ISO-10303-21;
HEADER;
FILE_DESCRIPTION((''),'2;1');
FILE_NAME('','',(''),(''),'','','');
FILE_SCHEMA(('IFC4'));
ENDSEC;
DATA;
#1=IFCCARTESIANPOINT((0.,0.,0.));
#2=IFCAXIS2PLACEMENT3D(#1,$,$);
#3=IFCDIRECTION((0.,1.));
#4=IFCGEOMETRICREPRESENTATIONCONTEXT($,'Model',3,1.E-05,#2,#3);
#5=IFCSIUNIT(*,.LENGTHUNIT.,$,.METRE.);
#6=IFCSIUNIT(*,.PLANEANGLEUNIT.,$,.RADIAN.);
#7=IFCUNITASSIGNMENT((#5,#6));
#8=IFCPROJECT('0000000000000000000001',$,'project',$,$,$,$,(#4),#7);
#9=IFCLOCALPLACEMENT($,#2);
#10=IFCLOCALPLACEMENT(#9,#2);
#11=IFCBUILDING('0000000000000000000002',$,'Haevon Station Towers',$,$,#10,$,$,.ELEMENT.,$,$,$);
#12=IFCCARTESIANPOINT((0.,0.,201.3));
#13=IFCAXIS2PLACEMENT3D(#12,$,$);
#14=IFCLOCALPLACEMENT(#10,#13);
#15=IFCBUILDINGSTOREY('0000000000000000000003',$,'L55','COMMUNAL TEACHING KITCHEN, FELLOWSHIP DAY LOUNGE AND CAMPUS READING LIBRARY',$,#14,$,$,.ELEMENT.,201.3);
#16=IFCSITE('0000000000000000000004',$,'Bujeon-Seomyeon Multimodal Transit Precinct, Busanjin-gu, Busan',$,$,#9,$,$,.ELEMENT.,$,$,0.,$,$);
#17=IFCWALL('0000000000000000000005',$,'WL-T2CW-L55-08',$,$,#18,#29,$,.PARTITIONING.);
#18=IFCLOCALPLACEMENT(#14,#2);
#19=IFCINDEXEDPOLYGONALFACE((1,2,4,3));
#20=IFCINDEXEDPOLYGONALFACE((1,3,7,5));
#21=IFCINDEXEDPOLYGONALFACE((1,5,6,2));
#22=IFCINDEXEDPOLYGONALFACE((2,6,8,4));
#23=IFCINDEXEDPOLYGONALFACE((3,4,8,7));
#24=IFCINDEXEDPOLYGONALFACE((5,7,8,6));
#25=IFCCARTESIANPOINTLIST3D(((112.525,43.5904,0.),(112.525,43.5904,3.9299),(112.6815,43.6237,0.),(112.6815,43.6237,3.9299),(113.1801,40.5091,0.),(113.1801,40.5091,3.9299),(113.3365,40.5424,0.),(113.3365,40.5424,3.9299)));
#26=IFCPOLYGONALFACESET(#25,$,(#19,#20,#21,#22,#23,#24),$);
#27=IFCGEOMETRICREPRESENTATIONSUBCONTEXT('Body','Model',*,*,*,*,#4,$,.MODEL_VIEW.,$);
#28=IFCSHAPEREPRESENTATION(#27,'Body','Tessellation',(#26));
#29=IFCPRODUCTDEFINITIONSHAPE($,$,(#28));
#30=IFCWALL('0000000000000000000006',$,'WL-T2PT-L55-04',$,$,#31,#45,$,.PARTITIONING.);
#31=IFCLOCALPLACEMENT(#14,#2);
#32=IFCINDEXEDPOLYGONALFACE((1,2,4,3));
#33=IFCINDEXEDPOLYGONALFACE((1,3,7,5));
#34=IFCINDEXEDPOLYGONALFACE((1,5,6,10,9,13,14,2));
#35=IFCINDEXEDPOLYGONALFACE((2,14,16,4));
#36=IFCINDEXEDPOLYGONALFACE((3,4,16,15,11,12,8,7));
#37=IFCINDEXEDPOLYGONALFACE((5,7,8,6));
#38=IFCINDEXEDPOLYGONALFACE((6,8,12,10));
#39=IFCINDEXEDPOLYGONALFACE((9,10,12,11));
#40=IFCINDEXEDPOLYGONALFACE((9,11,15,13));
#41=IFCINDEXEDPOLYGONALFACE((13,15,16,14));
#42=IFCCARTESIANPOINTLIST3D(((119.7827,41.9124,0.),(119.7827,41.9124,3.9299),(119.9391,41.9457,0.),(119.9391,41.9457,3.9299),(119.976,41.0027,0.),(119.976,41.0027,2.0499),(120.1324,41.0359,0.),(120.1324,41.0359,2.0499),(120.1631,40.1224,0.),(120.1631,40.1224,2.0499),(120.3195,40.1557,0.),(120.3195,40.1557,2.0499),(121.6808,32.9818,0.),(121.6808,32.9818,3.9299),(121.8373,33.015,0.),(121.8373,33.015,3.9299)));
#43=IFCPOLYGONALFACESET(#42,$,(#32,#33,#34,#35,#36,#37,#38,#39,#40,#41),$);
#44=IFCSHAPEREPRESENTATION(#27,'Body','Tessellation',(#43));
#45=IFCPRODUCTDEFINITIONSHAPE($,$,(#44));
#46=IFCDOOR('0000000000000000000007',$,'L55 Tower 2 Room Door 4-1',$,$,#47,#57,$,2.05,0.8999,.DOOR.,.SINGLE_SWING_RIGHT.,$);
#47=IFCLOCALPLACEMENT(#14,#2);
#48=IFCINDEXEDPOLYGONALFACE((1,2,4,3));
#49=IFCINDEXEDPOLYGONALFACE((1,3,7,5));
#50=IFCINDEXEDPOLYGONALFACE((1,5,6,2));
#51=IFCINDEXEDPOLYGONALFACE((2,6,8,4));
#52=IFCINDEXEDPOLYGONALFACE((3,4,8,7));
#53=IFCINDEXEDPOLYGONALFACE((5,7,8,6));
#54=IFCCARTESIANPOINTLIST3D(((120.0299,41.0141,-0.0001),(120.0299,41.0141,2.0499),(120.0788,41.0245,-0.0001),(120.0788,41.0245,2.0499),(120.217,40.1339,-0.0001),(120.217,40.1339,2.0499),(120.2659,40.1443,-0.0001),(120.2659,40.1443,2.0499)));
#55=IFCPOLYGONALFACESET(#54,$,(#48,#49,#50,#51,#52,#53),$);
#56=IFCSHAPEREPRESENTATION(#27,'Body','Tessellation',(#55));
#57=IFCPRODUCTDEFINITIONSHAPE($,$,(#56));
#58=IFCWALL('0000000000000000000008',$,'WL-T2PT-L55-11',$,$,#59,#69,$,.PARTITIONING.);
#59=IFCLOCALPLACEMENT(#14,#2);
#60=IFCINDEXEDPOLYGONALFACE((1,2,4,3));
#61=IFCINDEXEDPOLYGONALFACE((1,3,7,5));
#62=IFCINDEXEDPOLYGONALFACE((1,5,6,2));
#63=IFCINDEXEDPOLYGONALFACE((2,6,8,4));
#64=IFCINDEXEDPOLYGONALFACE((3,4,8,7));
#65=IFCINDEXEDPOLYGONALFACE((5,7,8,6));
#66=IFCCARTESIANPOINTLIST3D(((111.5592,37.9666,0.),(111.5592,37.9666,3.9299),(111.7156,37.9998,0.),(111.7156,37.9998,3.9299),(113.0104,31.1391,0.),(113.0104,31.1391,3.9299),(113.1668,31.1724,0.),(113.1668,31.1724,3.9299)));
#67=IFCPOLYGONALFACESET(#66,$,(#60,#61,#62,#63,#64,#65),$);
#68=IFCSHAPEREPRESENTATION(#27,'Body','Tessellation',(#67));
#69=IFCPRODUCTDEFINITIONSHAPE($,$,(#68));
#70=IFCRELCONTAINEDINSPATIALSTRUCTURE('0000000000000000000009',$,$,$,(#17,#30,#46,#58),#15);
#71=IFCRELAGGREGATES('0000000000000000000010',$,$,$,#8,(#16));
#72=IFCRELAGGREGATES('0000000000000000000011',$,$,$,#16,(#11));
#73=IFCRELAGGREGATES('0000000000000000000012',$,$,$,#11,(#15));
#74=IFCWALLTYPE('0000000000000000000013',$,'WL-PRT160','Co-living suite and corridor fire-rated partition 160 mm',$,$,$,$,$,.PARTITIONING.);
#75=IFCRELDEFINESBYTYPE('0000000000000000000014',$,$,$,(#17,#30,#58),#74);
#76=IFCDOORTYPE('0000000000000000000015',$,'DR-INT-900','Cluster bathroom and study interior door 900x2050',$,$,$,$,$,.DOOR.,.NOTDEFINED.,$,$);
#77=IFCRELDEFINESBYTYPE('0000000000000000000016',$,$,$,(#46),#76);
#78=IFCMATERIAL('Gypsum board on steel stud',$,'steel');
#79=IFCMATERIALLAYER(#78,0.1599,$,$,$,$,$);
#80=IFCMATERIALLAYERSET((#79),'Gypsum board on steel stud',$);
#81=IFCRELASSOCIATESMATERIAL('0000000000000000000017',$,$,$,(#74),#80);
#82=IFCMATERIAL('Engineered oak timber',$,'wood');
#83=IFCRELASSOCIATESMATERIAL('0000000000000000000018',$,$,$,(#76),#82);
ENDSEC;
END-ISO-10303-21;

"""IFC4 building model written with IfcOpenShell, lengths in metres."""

from ifc_helpers import new_model, si_unit, direction, frame, frame_2d, origin, place, context, subcontext, project, spatial, rectangle, extrude, material, layer, layer_set, type_object, element, fill, save


model = new_model("IFC4")

# Units and contexts
model_context = context("Model", 3, precision=1e-05, world=origin(), true_north=direction((0.0, 1.0)))
body_context = subcontext(model_context, "Body", "Model", "MODEL_VIEW")
ifc_project = project(units=[si_unit("LENGTHUNIT", "METRE"), si_unit("PLANEANGLEUNIT", "RADIAN")], contexts=[model_context])

# Site, building, storey
site_placement = place(None, origin())
site = spatial("IfcSite", under=ifc_project, at=site_placement, Name="Bujeon-Seomyeon Multimodal Transit Precinct, Busanjin-gu, Busan", CompositionType="ELEMENT", RefElevation=0.0)
building_placement = place(site_placement, origin())
building = spatial("IfcBuilding", under=site, at=building_placement, Name="Haevon Station Towers", CompositionType="ELEMENT")
storey_placement = place(building_placement, frame((0.0, 0.0, 201.3)))
storey = spatial("IfcBuildingStorey", under=building, at=storey_placement, Name="L55", Description="COMMUNAL TEACHING KITCHEN, FELLOWSHIP DAY LOUNGE AND CAMPUS READING LIBRARY", CompositionType="ELEMENT", Elevation=201.3)

# Shared definitions
ifc_material_1 = material(Name="Gypsum board on steel stud", Category="steel")

# Shared definitions
ifc_material_2 = material(Name="Engineered oak timber", Category="wood")

# Wall
ifc_layer_1 = layer(ifc_material_1, 0.1599)
ifc_layer_set_1 = layer_set([ifc_layer_1], Name="Gypsum board on steel stud")
wall_type_1 = type_object("IfcWallType", Name="WL-PRT160", Description="Co-living suite and corridor fire-rated partition 160 mm", PredefinedType="PARTITIONING", material=ifc_layer_set_1)
wall_1_placement = place(storey_placement, frame((113.2583, 40.5256, 0.0), z_axis=(0.0, 0.0, 1.0), x_axis=(-0.207936, 0.978142, 0.0)))
element("IfcWall", 1, at=wall_1_placement, inside=storey, type_object=wall_type_1, Name="WL-T2CW-L55-08", PredefinedType="PARTITIONING", context=body_context, shape_type="SweptSolid", body=[
    extrude(rectangle(XDim=3.1501, YDim=0.1599, at=frame_2d((1.5752, 0.0))), origin(), (0.0, 0.0, 1.0), 3.9299),
])

# Wall, opening, door
wall_2_placement = place(storey_placement, frame((121.759, 32.9985, 0.0), z_axis=(0.0, 0.0, 1.0), x_axis=(-0.207904, 0.978149, 0.0)))
wall_2 = element("IfcWall", 2, at=wall_2_placement, inside=storey, type_object=wall_type_1, Name="WL-T2PT-L55-04", PredefinedType="PARTITIONING", context=body_context, shape_type="SweptSolid", body=[
    extrude(rectangle(XDim=9.1301, YDim=0.1599, at=frame_2d((4.5649, 0.0))), origin(), (0.0, 0.0, 1.0), 3.9299),
])
opening_1_placement = place(wall_2_placement, frame((7.3, 0.0, 0.0)))
opening_1 = element("IfcOpeningElement", 3, at=opening_1_placement, cuts=wall_2, PredefinedType="OPENING", context=body_context, shape_type="SweptSolid", body=[
    extrude(rectangle(XDim=0.8999, YDim=2.05, at=frame_2d((0.45, 1.0249))), frame((0.0, 0.0898, 0.0), z_axis=(0.0, -1.0, 0.0), x_axis=(1.0, 0.0, 0.0)), (0.0, 0.0, 1.0), 0.1799),
])
door_type_1 = type_object("IfcDoorType", Name="DR-INT-900", Description="Cluster bathroom and study interior door 900x2050", OperationType="NOTDEFINED", PredefinedType="DOOR", material=ifc_material_2)
door_1_placement = place(opening_1_placement, origin())
door_1 = element("IfcDoor", 4, at=door_1_placement, inside=storey, type_object=door_type_1, Name="L55 Tower 2 Room Door 4-1", OperationType="SINGLE_SWING_RIGHT", OverallHeight=2.05, OverallWidth=0.8999, PredefinedType="DOOR", context=body_context, shape_type="SweptSolid", body=[
    extrude(rectangle(XDim=0.8999, YDim=2.05, at=frame_2d((0.45, 1.0249))), frame((0.0, 0.0249, 0.0), z_axis=(0.0, -1.0, 0.0), x_axis=(1.0, 0.0, 0.0)), (0.0, 0.0, 1.0), 0.05),
])
fill(opening_1, door_1)

# Wall
wall_3_placement = place(storey_placement, frame((113.0886, 31.1558, 0.0), z_axis=(0.0, 0.0, 1.0), x_axis=(-0.207907, 0.978149, 0.0)))
element("IfcWall", 5, at=wall_3_placement, inside=storey, type_object=wall_type_1, Name="WL-T2PT-L55-11", PredefinedType="PARTITIONING", context=body_context, shape_type="SweptSolid", body=[
    extrude(rectangle(XDim=6.98, YDim=0.1599, at=frame_2d((3.49, 0.0))), origin(), (0.0, 0.0, 1.0), 3.9299),
])

save(model, "model.ifc")
